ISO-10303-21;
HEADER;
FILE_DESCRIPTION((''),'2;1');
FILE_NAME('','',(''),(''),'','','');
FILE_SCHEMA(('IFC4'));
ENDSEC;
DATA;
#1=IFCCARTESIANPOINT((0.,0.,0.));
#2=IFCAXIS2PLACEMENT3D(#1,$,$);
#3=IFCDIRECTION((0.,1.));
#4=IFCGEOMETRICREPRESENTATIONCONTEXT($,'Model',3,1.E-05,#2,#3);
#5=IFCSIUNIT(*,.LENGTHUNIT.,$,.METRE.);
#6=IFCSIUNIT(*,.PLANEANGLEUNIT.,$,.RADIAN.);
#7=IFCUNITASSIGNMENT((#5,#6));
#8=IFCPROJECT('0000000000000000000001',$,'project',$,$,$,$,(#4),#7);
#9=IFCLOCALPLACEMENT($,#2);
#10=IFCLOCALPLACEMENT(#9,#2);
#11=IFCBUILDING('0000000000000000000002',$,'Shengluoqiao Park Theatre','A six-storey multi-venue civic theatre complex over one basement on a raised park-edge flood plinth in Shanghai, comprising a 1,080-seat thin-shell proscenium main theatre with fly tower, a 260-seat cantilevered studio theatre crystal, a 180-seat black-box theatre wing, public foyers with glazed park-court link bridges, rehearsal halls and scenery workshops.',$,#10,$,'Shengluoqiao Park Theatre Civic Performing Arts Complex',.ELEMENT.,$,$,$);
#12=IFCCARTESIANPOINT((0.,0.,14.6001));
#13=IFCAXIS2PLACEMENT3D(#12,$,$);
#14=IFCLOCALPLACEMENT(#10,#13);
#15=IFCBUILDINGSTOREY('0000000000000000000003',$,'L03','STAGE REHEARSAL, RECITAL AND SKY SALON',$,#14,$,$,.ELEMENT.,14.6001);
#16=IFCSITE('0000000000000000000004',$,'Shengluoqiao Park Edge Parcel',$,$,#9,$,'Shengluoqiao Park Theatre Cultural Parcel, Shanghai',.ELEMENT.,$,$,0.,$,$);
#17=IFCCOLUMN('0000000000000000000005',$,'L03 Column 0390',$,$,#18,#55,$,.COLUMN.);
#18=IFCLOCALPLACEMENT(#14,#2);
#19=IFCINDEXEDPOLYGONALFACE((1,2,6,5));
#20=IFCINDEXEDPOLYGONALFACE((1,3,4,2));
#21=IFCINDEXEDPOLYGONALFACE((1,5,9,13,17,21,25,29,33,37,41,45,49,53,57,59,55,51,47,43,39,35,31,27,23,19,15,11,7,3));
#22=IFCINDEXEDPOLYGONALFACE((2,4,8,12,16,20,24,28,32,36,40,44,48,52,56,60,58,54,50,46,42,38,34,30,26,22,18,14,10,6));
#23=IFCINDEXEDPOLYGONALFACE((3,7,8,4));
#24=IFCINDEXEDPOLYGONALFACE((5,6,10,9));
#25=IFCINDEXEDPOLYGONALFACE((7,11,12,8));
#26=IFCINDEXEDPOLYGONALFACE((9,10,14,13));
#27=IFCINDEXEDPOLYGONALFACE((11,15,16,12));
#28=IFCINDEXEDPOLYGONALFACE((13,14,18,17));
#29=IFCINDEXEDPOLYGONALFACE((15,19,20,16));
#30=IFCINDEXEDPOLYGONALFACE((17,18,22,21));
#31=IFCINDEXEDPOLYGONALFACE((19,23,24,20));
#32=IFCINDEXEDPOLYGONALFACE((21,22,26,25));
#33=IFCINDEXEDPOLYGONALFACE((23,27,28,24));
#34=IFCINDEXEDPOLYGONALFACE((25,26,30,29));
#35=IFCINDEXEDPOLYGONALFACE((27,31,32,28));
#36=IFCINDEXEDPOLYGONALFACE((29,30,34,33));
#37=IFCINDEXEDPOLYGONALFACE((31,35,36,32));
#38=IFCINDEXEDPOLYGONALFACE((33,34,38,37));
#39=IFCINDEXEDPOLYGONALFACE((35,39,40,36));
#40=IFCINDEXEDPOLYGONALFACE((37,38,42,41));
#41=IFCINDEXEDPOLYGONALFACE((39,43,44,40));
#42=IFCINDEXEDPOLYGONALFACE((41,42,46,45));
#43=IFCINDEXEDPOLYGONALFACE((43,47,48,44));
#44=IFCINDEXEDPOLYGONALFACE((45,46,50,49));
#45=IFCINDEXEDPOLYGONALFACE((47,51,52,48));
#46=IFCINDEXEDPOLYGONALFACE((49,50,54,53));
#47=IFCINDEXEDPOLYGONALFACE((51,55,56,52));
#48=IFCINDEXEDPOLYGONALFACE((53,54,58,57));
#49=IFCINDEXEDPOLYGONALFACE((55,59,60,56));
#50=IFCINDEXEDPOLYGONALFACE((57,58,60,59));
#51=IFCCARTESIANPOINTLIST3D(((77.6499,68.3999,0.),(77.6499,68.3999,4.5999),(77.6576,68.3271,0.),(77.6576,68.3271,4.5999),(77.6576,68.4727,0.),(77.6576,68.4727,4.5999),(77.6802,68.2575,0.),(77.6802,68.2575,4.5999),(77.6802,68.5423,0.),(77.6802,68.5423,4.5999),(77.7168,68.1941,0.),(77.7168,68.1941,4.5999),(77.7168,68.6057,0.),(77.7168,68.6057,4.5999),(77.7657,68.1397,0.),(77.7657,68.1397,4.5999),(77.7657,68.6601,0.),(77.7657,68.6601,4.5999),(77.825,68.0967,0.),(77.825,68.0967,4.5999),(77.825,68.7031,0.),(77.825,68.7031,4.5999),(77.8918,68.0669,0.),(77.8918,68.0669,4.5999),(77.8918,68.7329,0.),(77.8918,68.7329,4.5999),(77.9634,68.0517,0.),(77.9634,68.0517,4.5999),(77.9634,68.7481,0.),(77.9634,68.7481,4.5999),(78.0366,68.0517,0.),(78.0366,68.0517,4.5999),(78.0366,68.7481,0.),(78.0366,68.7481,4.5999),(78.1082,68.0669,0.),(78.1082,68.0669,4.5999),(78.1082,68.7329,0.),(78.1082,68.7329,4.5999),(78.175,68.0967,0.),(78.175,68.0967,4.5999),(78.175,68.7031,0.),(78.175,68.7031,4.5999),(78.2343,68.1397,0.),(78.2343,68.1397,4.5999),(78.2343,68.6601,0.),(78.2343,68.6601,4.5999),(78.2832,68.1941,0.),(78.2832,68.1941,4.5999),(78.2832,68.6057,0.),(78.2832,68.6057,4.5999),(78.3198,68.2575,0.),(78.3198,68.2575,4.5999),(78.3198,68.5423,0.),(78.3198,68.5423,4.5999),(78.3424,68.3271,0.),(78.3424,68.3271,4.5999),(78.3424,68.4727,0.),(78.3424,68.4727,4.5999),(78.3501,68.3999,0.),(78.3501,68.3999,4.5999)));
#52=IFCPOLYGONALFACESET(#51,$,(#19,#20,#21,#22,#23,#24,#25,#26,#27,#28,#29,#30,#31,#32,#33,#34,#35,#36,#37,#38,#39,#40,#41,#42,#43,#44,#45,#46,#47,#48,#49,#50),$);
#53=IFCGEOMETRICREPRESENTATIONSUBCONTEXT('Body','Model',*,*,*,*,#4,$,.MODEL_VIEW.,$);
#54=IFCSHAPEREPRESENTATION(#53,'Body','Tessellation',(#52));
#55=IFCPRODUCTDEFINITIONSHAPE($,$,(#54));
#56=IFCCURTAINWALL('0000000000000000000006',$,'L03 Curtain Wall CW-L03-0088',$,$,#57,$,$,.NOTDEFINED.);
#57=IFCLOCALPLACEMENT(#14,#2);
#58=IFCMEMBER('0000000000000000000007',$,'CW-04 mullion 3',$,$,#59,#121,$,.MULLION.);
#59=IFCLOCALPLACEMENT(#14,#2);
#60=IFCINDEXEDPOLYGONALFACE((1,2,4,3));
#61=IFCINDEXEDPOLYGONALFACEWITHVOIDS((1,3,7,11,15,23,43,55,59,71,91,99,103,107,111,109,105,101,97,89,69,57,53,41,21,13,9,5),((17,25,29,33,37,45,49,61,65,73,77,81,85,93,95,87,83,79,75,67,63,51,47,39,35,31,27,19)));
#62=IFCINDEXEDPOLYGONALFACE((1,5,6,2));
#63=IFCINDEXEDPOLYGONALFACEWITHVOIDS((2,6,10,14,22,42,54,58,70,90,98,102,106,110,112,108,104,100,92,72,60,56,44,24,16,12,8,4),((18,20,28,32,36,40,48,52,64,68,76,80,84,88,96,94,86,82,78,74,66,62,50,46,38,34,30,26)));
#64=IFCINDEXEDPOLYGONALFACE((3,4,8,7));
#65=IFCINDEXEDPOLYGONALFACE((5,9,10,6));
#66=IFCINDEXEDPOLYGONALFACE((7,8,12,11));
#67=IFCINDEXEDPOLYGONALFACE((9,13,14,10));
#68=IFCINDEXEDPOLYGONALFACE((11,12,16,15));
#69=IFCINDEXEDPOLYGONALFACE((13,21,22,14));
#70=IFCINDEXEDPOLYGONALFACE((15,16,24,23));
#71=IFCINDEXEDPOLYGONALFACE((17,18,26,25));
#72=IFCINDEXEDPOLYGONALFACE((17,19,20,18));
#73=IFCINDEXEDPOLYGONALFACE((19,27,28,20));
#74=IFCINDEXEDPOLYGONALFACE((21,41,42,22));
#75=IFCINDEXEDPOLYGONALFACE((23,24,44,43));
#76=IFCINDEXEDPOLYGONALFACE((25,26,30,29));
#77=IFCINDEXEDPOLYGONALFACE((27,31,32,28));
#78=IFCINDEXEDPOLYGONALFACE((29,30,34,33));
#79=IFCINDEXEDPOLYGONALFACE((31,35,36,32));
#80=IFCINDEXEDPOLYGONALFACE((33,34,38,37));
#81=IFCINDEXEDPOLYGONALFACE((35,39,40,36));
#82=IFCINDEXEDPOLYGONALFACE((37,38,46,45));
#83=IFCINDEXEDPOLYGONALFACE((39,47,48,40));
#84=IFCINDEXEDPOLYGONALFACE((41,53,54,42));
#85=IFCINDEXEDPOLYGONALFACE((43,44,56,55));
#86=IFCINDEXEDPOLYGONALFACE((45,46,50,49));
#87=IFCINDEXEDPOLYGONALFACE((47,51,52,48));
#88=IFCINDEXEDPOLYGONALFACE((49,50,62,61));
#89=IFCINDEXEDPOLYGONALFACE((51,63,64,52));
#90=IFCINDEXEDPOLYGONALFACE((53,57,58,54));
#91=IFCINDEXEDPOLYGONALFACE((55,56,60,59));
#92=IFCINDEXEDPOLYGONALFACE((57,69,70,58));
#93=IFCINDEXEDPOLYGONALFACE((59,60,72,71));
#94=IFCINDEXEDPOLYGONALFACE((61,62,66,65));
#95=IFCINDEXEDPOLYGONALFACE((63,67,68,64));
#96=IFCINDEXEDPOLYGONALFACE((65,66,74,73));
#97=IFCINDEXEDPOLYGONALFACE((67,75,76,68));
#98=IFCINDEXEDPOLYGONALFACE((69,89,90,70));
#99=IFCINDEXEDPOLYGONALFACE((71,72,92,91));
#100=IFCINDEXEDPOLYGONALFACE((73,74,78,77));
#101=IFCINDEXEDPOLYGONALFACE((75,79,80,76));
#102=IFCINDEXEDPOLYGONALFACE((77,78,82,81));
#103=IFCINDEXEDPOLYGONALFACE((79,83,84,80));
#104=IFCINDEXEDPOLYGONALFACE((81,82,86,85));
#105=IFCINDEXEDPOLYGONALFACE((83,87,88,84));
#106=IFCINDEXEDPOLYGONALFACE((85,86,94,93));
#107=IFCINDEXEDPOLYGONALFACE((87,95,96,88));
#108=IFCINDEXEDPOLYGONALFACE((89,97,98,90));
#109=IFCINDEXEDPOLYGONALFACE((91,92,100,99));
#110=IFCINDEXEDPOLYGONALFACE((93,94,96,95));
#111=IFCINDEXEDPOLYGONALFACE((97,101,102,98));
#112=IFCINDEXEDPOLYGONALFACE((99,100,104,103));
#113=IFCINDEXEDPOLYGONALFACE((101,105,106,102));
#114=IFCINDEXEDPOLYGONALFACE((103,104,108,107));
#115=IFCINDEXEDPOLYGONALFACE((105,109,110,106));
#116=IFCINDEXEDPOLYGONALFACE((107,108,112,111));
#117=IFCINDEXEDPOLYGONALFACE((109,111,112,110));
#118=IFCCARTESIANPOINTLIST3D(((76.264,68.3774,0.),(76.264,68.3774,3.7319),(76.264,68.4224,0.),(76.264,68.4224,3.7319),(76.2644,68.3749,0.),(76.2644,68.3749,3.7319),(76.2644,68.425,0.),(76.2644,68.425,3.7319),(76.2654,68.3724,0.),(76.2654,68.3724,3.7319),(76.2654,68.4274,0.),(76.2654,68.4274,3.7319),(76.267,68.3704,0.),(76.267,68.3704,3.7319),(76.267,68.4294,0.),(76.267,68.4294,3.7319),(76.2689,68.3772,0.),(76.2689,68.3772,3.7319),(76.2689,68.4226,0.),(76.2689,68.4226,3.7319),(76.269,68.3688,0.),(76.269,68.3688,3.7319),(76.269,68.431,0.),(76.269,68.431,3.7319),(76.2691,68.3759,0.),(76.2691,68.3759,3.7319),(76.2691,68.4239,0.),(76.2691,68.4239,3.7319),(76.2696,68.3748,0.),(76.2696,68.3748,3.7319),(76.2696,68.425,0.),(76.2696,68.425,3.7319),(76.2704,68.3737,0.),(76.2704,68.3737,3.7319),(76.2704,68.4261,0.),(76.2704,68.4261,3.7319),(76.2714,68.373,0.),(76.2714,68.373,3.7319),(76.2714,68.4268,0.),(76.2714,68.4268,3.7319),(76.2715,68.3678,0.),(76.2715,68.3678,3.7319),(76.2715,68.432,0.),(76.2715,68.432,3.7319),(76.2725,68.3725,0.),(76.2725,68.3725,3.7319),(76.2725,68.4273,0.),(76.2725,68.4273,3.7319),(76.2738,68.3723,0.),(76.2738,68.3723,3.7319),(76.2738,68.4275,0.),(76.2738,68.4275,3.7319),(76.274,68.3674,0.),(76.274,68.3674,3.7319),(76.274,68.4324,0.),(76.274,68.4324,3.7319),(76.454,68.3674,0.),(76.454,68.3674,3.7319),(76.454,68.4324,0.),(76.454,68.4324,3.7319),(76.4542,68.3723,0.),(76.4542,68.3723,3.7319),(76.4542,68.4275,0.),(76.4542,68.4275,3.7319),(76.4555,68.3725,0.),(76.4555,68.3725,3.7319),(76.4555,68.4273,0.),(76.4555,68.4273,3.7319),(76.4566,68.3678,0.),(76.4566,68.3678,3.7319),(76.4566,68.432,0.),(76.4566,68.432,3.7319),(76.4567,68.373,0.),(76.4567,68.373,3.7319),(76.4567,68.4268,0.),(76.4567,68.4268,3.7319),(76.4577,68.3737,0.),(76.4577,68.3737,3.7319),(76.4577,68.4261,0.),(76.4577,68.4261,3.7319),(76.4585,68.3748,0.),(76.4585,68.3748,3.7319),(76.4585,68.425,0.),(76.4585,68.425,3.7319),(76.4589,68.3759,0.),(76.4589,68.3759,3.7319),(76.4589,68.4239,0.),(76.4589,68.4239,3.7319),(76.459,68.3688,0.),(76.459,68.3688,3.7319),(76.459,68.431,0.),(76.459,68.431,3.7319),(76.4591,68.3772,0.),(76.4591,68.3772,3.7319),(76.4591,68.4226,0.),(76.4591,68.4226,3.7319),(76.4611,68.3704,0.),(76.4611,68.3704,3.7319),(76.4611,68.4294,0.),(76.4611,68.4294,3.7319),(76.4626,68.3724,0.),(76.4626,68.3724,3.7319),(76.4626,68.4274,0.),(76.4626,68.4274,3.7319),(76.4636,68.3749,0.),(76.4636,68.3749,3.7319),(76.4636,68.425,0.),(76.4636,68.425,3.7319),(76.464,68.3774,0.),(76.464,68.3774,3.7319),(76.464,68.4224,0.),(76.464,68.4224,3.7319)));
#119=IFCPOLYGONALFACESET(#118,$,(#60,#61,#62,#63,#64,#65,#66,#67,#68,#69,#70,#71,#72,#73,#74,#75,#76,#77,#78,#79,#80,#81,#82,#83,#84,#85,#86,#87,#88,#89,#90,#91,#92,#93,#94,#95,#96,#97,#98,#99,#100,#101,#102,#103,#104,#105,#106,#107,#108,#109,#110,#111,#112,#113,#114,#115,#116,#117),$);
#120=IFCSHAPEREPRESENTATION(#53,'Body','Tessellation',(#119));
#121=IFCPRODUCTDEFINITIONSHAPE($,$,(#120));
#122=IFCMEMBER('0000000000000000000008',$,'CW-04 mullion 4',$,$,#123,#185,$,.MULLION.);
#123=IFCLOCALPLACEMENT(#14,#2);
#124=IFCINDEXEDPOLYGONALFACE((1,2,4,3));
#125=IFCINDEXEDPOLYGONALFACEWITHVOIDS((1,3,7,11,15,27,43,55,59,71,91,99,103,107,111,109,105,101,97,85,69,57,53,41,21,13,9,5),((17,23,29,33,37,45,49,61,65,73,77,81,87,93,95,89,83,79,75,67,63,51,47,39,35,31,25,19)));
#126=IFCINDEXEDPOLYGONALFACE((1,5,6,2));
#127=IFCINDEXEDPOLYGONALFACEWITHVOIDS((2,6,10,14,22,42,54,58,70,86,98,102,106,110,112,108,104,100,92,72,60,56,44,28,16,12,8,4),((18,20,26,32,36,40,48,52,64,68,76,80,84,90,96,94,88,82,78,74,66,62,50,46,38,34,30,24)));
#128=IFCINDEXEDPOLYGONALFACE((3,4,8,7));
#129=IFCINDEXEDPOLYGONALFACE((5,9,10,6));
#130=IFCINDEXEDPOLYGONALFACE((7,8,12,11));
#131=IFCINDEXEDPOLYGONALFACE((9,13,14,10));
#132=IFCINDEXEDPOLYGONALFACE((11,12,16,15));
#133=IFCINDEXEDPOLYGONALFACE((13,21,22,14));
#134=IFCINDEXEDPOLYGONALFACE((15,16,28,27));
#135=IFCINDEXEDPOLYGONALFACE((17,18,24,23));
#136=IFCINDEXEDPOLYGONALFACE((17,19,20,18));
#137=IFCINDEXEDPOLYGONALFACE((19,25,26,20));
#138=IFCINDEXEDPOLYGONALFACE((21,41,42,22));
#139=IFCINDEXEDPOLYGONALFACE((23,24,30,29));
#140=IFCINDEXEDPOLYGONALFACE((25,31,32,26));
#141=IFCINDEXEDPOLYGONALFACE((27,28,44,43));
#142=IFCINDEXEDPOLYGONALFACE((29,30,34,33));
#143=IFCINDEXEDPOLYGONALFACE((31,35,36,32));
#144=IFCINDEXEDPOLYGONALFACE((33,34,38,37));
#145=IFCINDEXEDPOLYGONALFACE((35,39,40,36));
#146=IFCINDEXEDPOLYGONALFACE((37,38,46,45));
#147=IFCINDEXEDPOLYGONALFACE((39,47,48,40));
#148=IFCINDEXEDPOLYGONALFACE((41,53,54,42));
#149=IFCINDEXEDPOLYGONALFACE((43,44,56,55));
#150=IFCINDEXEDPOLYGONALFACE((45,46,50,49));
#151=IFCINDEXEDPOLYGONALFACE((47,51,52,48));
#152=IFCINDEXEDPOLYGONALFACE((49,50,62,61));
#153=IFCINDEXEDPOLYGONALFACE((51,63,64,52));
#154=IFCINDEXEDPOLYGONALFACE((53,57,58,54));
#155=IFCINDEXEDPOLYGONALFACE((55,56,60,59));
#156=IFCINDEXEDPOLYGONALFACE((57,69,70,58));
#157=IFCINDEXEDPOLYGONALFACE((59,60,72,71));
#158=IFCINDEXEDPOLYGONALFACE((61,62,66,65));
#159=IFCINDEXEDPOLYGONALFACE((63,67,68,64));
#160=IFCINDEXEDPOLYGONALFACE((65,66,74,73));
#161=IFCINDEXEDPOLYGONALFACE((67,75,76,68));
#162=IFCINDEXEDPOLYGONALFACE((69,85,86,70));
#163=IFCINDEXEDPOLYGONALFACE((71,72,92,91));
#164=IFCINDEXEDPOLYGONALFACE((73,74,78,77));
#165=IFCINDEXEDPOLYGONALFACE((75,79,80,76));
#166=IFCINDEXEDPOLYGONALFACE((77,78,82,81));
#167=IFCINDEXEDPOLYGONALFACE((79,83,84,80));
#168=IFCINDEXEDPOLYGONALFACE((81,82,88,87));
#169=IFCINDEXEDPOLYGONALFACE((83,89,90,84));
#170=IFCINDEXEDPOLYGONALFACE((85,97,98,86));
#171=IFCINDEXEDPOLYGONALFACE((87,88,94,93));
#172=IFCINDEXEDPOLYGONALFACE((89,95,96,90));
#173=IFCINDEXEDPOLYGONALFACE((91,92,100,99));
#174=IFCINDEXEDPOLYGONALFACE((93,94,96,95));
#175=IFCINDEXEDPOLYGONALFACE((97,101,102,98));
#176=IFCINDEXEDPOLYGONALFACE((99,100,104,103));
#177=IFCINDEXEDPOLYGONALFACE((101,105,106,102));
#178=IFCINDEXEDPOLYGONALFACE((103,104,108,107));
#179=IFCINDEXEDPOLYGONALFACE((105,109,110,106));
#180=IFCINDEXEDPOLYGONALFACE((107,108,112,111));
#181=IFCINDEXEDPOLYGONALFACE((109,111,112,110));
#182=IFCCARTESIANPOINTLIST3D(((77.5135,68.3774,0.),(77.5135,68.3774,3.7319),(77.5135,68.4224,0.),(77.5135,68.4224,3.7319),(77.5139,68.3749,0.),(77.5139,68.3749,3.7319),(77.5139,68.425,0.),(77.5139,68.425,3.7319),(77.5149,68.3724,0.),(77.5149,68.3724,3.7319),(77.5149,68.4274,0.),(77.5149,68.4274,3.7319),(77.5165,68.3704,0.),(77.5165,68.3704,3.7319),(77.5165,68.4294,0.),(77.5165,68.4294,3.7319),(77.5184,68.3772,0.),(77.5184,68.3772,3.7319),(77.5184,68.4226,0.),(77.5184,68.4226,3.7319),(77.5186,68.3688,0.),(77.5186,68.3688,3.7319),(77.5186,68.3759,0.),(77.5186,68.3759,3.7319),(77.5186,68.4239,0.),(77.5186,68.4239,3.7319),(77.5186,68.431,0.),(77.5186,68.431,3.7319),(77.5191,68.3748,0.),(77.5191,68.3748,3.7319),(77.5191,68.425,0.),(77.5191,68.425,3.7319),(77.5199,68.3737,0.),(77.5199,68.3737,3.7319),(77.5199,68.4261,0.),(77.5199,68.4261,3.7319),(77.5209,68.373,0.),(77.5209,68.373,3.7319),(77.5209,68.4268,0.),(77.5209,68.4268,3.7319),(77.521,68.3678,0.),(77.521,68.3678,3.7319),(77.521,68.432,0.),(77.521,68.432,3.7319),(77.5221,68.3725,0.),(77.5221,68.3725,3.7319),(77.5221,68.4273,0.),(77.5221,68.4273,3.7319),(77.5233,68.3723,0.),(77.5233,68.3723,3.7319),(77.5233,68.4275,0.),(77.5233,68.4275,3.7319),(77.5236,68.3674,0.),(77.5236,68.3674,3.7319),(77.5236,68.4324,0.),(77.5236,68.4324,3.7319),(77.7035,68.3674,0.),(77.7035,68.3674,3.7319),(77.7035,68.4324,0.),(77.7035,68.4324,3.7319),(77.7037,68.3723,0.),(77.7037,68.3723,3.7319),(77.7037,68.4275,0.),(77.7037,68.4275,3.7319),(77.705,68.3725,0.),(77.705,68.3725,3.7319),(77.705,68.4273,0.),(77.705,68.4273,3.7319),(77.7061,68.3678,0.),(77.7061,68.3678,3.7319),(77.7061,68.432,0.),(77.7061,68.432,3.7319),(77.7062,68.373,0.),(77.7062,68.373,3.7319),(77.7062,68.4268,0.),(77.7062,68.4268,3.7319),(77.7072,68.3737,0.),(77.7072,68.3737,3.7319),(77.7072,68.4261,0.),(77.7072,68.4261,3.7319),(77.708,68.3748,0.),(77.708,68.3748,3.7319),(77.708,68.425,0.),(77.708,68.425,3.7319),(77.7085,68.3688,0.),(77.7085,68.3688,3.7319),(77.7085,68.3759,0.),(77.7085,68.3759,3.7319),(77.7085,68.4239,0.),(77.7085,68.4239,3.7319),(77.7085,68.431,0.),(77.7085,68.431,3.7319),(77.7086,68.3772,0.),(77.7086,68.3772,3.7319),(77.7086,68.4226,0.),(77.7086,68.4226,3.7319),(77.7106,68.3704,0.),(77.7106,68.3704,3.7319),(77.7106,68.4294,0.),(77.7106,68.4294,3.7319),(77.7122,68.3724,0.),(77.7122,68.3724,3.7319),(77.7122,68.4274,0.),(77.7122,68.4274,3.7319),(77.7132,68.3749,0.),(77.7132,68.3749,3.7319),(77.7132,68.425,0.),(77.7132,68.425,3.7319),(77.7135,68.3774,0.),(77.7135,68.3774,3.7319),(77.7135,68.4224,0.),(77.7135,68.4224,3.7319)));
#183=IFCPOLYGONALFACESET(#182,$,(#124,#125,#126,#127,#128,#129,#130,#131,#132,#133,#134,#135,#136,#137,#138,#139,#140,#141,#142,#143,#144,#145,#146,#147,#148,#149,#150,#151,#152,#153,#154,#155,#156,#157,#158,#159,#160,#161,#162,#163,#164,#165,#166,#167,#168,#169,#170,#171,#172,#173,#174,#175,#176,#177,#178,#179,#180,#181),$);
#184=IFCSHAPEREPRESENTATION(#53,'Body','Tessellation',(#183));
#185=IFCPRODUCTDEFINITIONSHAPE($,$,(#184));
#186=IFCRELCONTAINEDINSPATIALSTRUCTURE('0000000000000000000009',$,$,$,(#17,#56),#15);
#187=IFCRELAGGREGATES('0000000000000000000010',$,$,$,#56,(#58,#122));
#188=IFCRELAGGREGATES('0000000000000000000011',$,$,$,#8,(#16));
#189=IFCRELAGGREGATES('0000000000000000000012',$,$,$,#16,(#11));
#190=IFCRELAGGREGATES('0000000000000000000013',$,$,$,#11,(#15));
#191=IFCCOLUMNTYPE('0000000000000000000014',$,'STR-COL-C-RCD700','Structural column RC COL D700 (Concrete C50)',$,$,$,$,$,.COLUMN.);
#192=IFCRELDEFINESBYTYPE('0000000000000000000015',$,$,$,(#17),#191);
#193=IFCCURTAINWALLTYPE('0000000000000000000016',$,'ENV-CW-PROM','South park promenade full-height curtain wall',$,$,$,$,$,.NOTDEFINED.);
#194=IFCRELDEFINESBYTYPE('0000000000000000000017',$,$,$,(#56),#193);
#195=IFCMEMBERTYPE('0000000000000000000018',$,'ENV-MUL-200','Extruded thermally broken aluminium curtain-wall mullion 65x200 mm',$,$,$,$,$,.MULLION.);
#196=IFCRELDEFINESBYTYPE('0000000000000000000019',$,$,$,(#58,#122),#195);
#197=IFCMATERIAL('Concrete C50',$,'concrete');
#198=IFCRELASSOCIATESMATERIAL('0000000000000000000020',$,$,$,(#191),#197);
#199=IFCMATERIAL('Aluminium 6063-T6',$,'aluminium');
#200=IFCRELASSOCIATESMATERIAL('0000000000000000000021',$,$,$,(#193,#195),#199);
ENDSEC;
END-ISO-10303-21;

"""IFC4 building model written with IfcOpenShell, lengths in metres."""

from ifc_helpers import new_model, si_unit, direction, frame, origin, origin_2d, place, context, subcontext, project, spatial, hollow_rectangle, circle, extrude, material, material_profile, profile_set, type_object, element, aggregate, save


model = new_model("IFC4")

# Units and contexts
model_context = context("Model", 3, precision=1e-05, world=origin(), true_north=direction((0.0, 1.0)))
body_context = subcontext(model_context, "Body", "Model", "MODEL_VIEW")
ifc_project = project(units=[si_unit("LENGTHUNIT", "METRE"), si_unit("PLANEANGLEUNIT", "RADIAN")], contexts=[model_context])

# Site, building, storey
site_placement = place(None, origin())
site = spatial("IfcSite", under=ifc_project, at=site_placement, Name="Shengluoqiao Park Edge Parcel", LongName="Shengluoqiao Park Theatre Cultural Parcel, Shanghai", CompositionType="ELEMENT", RefElevation=0.0)
building_placement = place(site_placement, origin())
building = spatial("IfcBuilding", under=site, at=building_placement, Name="Shengluoqiao Park Theatre", Description="A six-storey multi-venue civic theatre complex over one basement on a raised park-edge flood plinth in Shanghai, comprising a 1,080-seat thin-shell proscenium main theatre with fly tower, a 260-seat cantilevered studio theatre crystal, a 180-seat black-box theatre wing, public foyers with glazed park-court link bridges, rehearsal halls and scenery workshops.", LongName="Shengluoqiao Park Theatre Civic Performing Arts Complex", CompositionType="ELEMENT")
storey_placement = place(building_placement, frame((0.0, 0.0, 14.6001)))
storey = spatial("IfcBuildingStorey", under=building, at=storey_placement, Name="L03", Description="STAGE REHEARSAL, RECITAL AND SKY SALON", CompositionType="ELEMENT", Elevation=14.6001)

# Column
ifc_material_1 = material(Name="Concrete C50", Category="concrete")
ifc_material_profile_1 = material_profile(ifc_material_1, circle(Radius=0.3501, at=origin_2d()), Name="RC COL D700")
ifc_profile_set_1 = profile_set([ifc_material_profile_1], Name="Concrete C50")
column_type = type_object("IfcColumnType", Name="STR-COL-C-RCD700", Description="Structural column RC COL D700 (Concrete C50)", PredefinedType="COLUMN", material=ifc_profile_set_1)
column_placement = place(storey_placement, frame((78.0, 68.3999, 0.0), z_axis=(0.0, 0.0, 1.0), x_axis=(1.0, 0.0, 0.0)))
element("IfcColumn", 1, at=column_placement, inside=storey, type_object=column_type, Name="L03 Column 0390", PredefinedType="COLUMN", context=body_context, shape_type="SweptSolid", body=[
    extrude(circle(Radius=0.3501, at=origin_2d()), origin(), (0.0, 0.0, 1.0), 4.5999),
])

# Curtain wall, members
ifc_material_2 = material(Name="Aluminium 6063-T6", Category="aluminium")
curtain_wall_type = type_object("IfcCurtainWallType", Name="ENV-CW-PROM", Description="South park promenade full-height curtain wall", PredefinedType="NOTDEFINED", material=ifc_material_2)
curtain_wall_1_placement = place(storey_placement, origin())
curtain_wall_1 = element("IfcCurtainWall", 2, at=curtain_wall_1_placement, inside=storey, type_object=curtain_wall_type, Name="L03 Curtain Wall CW-L03-0088", PredefinedType="NOTDEFINED")
ifc_material_profile_2 = material_profile(ifc_material_2, hollow_rectangle(XDim=0.0649, YDim=0.2, WallThickness=0.0049, InnerFilletRadius=0.0049, OuterFilletRadius=0.01, at=origin_2d()), Name="ALU MULLION 200x65x5")
ifc_profile_set_2 = profile_set([ifc_material_profile_2], Name="Aluminium 6063-T6")
member_type_1 = type_object("IfcMemberType", Name="ENV-MUL-200", Description="Extruded thermally broken aluminium curtain-wall mullion 65x200 mm", PredefinedType="MULLION", material=ifc_profile_set_2)
member_1_placement = place(storey_placement, frame((76.364, 68.3999, 0.0), z_axis=(0.0, 0.0, 1.0), x_axis=(0.0, 1.0, 0.0)))
member_1 = element("IfcMember", 3, at=member_1_placement, type_object=member_type_1, Name="CW-04 mullion 3", PredefinedType="MULLION", context=body_context, shape_type="SweptSolid", body=[
    extrude(hollow_rectangle(XDim=0.0649, YDim=0.2, WallThickness=0.0049, InnerFilletRadius=0.0049, OuterFilletRadius=0.01, at=origin_2d()), origin(), (0.0, 0.0, 1.0), 3.7319),
])
member_2_placement = place(storey_placement, frame((77.6135, 68.3999, 0.0), z_axis=(0.0, 0.0, 1.0), x_axis=(0.0, 1.0, 0.0)))
member_2 = element("IfcMember", 4, at=member_2_placement, type_object=member_type_1, Name="CW-04 mullion 4", PredefinedType="MULLION", context=body_context, shape_type="SweptSolid", body=[
    extrude(hollow_rectangle(XDim=0.0649, YDim=0.2, WallThickness=0.0049, InnerFilletRadius=0.0049, OuterFilletRadius=0.01, at=origin_2d()), origin(), (0.0, 0.0, 1.0), 3.7319),
])

aggregate(curtain_wall_1, [member_1, member_2])

save(model, "model.ifc")
